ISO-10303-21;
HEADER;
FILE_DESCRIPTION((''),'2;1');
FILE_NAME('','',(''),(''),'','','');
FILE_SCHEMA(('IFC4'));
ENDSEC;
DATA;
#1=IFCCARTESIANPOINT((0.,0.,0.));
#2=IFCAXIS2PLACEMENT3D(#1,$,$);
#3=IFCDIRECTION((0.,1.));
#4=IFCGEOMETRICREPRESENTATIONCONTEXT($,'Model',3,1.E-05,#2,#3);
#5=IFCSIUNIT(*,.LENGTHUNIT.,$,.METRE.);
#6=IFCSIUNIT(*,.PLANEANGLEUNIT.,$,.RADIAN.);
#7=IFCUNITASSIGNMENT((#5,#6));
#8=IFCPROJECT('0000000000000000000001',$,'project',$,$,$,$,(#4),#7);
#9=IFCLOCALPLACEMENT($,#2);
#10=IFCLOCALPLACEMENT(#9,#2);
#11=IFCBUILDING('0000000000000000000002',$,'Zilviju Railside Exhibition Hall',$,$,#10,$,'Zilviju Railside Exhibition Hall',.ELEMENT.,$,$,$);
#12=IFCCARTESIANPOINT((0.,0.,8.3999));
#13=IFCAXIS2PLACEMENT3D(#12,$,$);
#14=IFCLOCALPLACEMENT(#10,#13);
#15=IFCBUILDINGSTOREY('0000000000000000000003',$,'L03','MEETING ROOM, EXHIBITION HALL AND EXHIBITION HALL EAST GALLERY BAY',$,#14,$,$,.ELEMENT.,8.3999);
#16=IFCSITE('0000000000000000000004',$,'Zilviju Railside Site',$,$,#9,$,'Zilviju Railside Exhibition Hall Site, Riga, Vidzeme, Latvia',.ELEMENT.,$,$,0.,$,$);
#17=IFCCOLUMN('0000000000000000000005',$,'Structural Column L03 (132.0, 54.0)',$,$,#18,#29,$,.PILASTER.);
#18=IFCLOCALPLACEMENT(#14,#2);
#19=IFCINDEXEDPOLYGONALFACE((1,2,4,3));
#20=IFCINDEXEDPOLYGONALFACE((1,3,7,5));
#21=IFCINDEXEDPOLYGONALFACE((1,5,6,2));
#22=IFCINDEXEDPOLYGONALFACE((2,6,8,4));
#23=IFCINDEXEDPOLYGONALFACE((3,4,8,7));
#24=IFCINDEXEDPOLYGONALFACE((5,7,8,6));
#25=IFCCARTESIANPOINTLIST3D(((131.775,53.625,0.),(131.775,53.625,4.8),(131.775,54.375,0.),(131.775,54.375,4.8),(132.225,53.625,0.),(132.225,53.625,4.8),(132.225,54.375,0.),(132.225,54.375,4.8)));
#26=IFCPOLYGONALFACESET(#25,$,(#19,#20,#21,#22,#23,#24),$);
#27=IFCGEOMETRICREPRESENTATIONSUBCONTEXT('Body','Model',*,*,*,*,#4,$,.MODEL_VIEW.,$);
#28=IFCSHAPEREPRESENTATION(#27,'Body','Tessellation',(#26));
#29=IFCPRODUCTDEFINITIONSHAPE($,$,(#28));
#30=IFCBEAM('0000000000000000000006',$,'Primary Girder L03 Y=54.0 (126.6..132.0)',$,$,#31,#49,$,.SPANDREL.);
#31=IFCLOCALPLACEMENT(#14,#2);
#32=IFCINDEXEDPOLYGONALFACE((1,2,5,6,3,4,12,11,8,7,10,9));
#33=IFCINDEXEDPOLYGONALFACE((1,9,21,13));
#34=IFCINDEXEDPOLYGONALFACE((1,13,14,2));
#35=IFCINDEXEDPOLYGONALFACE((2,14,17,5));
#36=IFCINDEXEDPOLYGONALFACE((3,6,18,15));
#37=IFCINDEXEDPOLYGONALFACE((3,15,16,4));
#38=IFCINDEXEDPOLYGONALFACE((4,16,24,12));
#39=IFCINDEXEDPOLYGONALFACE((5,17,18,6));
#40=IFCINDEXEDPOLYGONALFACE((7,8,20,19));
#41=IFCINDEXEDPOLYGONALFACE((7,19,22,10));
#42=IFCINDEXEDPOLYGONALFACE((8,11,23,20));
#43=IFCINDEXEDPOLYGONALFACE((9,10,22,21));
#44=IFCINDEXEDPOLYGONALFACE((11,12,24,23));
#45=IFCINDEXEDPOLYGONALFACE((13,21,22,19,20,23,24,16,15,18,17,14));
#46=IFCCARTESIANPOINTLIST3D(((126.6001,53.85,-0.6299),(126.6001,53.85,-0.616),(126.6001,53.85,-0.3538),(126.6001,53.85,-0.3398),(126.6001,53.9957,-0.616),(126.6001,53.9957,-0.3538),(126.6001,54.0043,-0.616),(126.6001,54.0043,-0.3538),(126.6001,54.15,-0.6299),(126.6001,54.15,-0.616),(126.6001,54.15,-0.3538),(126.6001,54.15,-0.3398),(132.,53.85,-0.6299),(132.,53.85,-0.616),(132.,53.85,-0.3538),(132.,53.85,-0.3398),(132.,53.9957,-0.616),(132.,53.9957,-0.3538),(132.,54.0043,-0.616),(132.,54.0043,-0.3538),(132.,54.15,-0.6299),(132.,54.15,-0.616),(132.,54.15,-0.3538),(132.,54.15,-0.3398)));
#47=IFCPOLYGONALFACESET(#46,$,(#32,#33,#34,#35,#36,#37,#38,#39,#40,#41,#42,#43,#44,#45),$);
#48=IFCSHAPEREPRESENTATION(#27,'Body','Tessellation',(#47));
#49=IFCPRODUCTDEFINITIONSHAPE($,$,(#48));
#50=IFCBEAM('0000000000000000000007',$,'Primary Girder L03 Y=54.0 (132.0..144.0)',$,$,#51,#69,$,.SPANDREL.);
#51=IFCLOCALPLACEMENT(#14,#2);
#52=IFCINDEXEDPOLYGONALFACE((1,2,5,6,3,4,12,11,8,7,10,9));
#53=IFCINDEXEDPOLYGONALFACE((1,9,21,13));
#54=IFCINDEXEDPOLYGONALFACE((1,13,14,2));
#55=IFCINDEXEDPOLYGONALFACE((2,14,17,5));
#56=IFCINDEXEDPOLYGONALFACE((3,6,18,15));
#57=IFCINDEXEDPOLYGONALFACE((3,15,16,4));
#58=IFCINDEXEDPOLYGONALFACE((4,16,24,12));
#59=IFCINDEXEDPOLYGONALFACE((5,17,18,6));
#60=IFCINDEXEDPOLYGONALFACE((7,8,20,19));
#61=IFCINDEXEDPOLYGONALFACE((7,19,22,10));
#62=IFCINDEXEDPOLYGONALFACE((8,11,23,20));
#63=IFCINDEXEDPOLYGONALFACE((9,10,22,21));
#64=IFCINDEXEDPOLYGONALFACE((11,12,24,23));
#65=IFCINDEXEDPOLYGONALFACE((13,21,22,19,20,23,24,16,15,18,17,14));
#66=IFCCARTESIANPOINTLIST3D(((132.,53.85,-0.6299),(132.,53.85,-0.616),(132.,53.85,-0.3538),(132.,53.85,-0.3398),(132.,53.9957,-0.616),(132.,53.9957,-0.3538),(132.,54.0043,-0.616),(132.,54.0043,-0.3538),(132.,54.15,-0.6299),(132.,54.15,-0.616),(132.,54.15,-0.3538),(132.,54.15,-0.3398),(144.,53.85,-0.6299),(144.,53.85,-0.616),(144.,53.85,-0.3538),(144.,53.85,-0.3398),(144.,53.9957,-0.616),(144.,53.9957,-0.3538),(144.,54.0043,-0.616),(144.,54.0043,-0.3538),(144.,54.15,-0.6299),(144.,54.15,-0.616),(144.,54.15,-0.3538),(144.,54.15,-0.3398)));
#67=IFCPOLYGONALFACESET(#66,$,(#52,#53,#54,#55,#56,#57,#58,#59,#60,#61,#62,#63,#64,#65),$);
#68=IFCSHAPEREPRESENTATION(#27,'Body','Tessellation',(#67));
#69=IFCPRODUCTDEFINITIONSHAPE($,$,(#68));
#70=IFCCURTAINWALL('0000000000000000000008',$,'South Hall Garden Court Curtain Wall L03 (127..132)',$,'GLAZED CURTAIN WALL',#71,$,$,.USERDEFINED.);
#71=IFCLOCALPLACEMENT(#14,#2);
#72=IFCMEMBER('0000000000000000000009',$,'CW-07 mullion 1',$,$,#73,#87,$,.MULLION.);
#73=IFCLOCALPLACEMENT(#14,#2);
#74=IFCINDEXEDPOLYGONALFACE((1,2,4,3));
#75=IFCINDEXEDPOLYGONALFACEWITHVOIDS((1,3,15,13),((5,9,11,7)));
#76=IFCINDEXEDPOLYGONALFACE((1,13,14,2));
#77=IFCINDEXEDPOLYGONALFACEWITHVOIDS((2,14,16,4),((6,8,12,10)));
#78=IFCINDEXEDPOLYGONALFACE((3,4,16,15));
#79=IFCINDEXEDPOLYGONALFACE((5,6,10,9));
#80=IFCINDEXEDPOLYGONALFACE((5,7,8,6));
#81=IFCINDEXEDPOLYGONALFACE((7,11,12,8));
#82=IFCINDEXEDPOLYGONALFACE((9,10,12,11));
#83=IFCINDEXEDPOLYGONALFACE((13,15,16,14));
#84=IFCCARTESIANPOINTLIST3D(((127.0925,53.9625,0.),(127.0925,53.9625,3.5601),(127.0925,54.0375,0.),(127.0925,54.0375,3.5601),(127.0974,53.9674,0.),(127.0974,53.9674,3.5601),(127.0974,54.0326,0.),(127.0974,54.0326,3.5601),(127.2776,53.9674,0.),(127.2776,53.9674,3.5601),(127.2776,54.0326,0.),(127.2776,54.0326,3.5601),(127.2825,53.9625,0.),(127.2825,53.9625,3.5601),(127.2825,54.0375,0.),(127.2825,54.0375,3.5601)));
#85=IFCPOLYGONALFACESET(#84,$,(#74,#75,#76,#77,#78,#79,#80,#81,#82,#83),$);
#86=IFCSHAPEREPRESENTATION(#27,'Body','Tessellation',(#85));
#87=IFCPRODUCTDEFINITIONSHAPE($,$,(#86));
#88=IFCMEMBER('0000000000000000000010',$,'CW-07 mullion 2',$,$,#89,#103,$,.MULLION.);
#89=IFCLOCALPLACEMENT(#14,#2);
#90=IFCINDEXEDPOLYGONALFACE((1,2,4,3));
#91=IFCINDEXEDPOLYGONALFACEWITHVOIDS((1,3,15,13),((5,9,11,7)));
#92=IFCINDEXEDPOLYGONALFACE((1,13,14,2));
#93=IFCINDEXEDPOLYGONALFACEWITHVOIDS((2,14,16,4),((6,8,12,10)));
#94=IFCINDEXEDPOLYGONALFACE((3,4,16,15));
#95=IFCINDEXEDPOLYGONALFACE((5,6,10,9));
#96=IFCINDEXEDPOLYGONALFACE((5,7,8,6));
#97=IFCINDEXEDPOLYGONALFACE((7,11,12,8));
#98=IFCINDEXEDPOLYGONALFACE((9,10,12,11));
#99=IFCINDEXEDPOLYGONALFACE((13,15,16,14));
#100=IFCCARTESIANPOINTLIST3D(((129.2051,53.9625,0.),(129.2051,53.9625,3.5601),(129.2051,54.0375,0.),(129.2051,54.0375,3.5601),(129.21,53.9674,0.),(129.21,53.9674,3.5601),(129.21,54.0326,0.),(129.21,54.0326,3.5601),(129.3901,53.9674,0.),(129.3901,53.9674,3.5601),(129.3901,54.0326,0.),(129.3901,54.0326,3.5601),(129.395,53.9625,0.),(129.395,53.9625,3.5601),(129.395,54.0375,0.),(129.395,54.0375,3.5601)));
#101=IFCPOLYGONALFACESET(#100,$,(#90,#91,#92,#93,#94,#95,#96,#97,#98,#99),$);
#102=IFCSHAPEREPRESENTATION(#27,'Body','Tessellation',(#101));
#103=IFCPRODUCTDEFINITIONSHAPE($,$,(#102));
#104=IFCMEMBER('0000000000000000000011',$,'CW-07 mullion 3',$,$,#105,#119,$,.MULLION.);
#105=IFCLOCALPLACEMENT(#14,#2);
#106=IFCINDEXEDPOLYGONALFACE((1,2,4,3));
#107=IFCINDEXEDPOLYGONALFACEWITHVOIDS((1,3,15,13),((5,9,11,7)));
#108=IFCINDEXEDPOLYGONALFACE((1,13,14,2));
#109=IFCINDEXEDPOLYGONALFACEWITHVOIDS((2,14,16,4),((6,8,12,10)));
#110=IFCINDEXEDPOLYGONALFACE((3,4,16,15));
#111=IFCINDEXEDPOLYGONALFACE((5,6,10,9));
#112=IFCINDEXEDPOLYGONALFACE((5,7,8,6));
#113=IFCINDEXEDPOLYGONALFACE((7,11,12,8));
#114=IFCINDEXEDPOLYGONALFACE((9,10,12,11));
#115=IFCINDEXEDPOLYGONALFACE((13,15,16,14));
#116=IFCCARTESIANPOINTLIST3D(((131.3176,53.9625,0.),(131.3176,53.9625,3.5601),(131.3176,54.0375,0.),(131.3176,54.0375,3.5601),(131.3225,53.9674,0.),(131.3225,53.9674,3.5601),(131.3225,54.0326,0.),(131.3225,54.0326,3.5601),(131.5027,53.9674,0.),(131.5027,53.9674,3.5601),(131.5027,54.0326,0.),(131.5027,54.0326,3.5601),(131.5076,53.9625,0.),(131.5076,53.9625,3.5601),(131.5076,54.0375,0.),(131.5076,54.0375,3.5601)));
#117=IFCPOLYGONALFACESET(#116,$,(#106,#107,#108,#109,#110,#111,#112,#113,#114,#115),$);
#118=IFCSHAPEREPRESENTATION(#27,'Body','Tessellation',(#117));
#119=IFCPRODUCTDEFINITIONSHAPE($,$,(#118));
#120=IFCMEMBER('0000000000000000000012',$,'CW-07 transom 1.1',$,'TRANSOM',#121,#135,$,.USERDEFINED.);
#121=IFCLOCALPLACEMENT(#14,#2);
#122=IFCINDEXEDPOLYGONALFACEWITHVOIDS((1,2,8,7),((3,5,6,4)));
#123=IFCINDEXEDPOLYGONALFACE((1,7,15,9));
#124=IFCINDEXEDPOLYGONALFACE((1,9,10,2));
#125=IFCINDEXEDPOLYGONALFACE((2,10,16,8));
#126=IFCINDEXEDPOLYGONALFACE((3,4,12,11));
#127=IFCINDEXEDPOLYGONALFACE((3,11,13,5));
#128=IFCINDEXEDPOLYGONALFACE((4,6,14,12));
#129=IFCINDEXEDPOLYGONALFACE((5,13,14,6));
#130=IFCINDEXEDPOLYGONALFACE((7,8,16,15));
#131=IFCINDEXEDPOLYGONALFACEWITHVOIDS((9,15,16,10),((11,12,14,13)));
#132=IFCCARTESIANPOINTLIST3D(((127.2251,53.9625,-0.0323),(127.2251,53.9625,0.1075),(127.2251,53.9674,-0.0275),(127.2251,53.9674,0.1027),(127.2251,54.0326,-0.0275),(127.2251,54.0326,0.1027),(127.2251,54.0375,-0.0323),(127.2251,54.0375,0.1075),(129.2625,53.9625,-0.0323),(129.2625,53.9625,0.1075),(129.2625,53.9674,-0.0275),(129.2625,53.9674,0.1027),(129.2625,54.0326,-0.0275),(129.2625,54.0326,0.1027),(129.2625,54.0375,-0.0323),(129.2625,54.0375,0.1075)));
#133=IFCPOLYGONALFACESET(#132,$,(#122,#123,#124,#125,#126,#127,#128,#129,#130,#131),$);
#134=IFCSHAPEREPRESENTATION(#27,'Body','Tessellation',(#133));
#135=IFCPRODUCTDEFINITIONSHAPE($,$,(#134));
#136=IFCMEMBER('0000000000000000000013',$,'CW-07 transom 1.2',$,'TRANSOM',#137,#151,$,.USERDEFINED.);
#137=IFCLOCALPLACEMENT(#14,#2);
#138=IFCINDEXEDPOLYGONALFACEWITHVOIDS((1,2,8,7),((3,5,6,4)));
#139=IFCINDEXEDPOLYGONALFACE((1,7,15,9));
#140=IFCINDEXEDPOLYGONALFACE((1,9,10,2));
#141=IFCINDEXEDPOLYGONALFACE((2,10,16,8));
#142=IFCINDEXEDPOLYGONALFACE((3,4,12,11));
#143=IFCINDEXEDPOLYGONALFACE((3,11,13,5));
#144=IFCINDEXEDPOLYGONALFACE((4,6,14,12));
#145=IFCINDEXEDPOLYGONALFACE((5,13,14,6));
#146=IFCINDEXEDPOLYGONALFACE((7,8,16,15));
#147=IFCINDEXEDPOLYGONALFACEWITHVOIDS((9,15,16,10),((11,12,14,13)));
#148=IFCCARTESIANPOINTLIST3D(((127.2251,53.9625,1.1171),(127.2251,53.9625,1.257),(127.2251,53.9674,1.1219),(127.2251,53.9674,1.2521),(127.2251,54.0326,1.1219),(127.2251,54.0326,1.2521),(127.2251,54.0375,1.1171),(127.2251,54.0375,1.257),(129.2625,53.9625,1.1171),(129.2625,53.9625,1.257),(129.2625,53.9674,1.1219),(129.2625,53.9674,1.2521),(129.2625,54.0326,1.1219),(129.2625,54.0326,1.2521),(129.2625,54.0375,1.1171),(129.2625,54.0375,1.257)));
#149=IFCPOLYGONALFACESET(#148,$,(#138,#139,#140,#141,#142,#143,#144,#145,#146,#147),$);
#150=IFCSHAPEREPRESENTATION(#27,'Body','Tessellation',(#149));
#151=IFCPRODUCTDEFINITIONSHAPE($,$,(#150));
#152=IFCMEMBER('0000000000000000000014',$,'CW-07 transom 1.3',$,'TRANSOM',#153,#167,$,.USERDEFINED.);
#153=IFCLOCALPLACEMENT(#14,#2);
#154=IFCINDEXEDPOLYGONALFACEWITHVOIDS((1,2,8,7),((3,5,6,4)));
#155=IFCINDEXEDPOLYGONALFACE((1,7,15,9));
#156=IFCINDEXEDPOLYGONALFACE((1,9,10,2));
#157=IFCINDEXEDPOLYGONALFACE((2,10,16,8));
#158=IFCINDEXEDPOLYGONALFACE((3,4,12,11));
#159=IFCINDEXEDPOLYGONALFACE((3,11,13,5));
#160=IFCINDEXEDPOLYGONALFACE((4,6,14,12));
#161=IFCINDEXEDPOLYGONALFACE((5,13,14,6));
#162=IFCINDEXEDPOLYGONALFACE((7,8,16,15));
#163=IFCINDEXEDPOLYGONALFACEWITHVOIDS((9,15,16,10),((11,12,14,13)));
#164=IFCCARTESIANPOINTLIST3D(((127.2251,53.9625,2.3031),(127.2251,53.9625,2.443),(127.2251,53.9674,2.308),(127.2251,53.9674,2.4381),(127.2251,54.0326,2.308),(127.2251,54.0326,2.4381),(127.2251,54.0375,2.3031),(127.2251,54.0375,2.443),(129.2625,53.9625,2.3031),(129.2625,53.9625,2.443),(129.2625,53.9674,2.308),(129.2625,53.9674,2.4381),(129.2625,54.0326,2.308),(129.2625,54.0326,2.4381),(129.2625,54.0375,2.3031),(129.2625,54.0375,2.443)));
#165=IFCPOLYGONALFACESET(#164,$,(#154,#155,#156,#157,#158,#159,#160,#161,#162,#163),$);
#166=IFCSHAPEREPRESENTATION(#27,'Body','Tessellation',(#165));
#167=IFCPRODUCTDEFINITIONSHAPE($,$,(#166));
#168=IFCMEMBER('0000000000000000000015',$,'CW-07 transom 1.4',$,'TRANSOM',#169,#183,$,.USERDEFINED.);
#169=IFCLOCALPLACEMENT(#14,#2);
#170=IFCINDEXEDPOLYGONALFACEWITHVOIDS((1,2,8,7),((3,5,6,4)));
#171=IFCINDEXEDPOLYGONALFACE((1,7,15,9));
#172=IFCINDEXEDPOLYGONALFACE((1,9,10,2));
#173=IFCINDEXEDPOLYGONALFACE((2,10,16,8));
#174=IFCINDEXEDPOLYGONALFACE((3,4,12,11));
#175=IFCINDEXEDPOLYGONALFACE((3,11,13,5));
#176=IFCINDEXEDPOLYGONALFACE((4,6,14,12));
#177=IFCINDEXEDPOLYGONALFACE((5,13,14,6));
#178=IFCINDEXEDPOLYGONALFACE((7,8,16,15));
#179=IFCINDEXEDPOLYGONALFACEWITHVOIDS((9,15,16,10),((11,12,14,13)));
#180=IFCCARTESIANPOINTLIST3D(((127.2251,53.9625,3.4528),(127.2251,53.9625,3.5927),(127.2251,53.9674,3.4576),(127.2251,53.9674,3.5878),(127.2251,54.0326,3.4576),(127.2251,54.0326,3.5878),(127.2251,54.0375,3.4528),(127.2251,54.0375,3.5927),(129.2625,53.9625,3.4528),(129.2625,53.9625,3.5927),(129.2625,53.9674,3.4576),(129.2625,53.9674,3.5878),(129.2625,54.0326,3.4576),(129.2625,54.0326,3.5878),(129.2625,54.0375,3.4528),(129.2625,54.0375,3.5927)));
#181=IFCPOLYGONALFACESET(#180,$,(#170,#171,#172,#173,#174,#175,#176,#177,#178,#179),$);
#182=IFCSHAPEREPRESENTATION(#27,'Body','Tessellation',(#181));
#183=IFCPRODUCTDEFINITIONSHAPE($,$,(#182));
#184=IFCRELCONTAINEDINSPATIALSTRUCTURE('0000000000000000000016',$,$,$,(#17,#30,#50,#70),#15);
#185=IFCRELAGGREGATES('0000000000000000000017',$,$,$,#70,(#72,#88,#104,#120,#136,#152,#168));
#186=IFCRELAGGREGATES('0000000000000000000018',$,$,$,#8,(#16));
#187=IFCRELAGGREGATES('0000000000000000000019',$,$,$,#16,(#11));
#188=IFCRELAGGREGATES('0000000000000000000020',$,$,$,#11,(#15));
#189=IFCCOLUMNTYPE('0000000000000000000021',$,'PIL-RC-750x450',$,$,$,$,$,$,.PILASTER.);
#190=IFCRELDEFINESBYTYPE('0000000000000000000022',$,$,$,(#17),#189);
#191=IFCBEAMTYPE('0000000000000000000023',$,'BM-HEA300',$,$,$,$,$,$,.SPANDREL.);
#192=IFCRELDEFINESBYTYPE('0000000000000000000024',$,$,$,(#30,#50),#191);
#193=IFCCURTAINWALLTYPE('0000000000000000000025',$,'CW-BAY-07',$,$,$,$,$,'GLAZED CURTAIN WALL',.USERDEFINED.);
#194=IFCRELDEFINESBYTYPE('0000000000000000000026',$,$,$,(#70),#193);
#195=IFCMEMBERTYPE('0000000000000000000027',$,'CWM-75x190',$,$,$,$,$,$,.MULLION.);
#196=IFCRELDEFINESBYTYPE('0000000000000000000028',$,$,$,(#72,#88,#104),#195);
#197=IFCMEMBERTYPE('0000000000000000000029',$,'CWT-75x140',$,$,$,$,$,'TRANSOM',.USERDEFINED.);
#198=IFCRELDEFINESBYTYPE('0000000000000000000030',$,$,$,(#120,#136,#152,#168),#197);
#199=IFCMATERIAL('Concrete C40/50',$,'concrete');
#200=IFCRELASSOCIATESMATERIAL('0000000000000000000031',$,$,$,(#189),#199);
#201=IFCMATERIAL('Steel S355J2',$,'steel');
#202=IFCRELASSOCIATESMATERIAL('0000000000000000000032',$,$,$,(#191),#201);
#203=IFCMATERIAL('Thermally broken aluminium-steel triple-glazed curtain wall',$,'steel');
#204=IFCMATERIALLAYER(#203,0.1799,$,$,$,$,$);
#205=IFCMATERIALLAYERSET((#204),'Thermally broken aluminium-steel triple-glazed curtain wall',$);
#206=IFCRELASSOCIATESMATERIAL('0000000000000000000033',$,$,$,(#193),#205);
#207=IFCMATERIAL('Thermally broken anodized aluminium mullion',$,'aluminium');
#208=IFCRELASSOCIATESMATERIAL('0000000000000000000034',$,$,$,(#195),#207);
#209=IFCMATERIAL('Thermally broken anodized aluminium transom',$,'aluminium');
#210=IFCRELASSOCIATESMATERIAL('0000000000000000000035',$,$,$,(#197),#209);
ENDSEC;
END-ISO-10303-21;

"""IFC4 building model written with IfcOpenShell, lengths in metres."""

from ifc_helpers import new_model, si_unit, direction, frame, origin, origin_2d, place, context, subcontext, project, spatial, rectangle, hollow_rectangle, i_section, extrude, material, layer, layer_set, material_profile, profile_set, type_object, element, aggregate, save


model = new_model("IFC4")

# Units and contexts
model_context = context("Model", 3, precision=1e-05, world=origin(), true_north=direction((0.0, 1.0)))
body_context = subcontext(model_context, "Body", "Model", "MODEL_VIEW")
ifc_project = project(units=[si_unit("LENGTHUNIT", "METRE"), si_unit("PLANEANGLEUNIT", "RADIAN")], contexts=[model_context])

# Site, building, storey
site_placement = place(None, origin())
site = spatial("IfcSite", under=ifc_project, at=site_placement, Name="Zilviju Railside Site", LongName="Zilviju Railside Exhibition Hall Site, Riga, Vidzeme, Latvia", CompositionType="ELEMENT", RefElevation=0.0)
building_placement = place(site_placement, origin())
building = spatial("IfcBuilding", under=site, at=building_placement, Name="Zilviju Railside Exhibition Hall", LongName="Zilviju Railside Exhibition Hall", CompositionType="ELEMENT")
storey_placement = place(building_placement, frame((0.0, 0.0, 8.3999)))
storey = spatial("IfcBuildingStorey", under=building, at=storey_placement, Name="L03", Description="MEETING ROOM, EXHIBITION HALL AND EXHIBITION HALL EAST GALLERY BAY", CompositionType="ELEMENT", Elevation=8.3999)

# Column
ifc_material_1 = material(Name="Concrete C40/50", Category="concrete")
ifc_material_profile_1 = material_profile(ifc_material_1, rectangle(XDim=0.45, YDim=0.75, at=origin_2d()), Name="RC COL 450x750")
ifc_profile_set_1 = profile_set([ifc_material_profile_1], Name="Concrete C40/50")
column_type = type_object("IfcColumnType", Name="PIL-RC-750x450", PredefinedType="PILASTER", material=ifc_profile_set_1)
column_placement = place(storey_placement, frame((132.0, 54.0, 0.0), z_axis=(0.0, 0.0, 1.0), x_axis=(1.0, 0.0, 0.0)))
element("IfcColumn", 1, at=column_placement, inside=storey, type_object=column_type, Name="Structural Column L03 (132.0, 54.0)", PredefinedType="PILASTER", context=body_context, shape_type="SweptSolid", body=[
    extrude(rectangle(XDim=0.45, YDim=0.75, at=origin_2d()), origin(), (0.0, 0.0, 1.0), 4.8),
])

# Beams
ifc_material_2 = material(Name="Steel S355J2", Category="steel")
ifc_material_profile_2 = material_profile(ifc_material_2, i_section(OverallWidth=0.3, OverallDepth=0.29, WebThickness=0.0085, FlangeThickness=0.0139, at=origin_2d()), Name="HEA 300")
ifc_profile_set_2 = profile_set([ifc_material_profile_2], Name="Steel S355J2")
beam_type = type_object("IfcBeamType", Name="BM-HEA300", PredefinedType="SPANDREL", material=ifc_profile_set_2)
beam_1_placement = place(storey_placement, frame((126.6001, 54.0, -0.4849), z_axis=(1.0, 0.0, 0.0), x_axis=(0.0, 1.0, 0.0)))
element("IfcBeam", 2, at=beam_1_placement, inside=storey, type_object=beam_type, Name="Primary Girder L03 Y=54.0 (126.6..132.0)", PredefinedType="SPANDREL", context=body_context, shape_type="SweptSolid", body=[
    extrude(i_section(OverallWidth=0.3, OverallDepth=0.29, WebThickness=0.0085, FlangeThickness=0.0139, at=origin_2d()), origin(), (0.0, 0.0, 1.0), 5.3999),
])
beam_2_placement = place(storey_placement, frame((132.0, 54.0, -0.4849), z_axis=(1.0, 0.0, 0.0), x_axis=(0.0, 1.0, 0.0)))
element("IfcBeam", 3, at=beam_2_placement, inside=storey, type_object=beam_type, Name="Primary Girder L03 Y=54.0 (132.0..144.0)", PredefinedType="SPANDREL", context=body_context, shape_type="SweptSolid", body=[
    extrude(i_section(OverallWidth=0.3, OverallDepth=0.29, WebThickness=0.0085, FlangeThickness=0.0139, at=origin_2d()), origin(), (0.0, 0.0, 1.0), 12.0),
])

# Curtain wall, members
ifc_material_3 = material(Name="Thermally broken aluminium-steel triple-glazed curtain wall", Category="steel")
ifc_layer_1 = layer(ifc_material_3, 0.1799)
ifc_layer_set_1 = layer_set([ifc_layer_1], Name="Thermally broken aluminium-steel triple-glazed curtain wall")
curtain_wall_type = type_object("IfcCurtainWallType", Name="CW-BAY-07", ElementType="GLAZED CURTAIN WALL", PredefinedType="USERDEFINED", material=ifc_layer_set_1)
curtain_wall_placement = place(storey_placement, origin())
curtain_wall = element("IfcCurtainWall", 4, at=curtain_wall_placement, inside=storey, type_object=curtain_wall_type, Name="South Hall Garden Court Curtain Wall L03 (127..132)", ObjectType="GLAZED CURTAIN WALL", PredefinedType="USERDEFINED")
ifc_material_4 = material(Name="Thermally broken anodized aluminium mullion", Category="aluminium")
ifc_material_profile_3 = material_profile(ifc_material_4, hollow_rectangle(XDim=0.075, YDim=0.1899, WallThickness=0.0049, at=origin_2d()), Name="MULLION 190x75x5")
ifc_profile_set_3 = profile_set([ifc_material_profile_3], Name="Thermally broken anodized aluminium mullion")
member_type_1 = type_object("IfcMemberType", Name="CWM-75x190", PredefinedType="MULLION", material=ifc_profile_set_3)
member_1_placement = place(storey_placement, frame((127.1875, 54.0, 0.0), z_axis=(0.0, 0.0, 1.0), x_axis=(0.0, 1.0, 0.0)))
member_1 = element("IfcMember", 5, at=member_1_placement, type_object=member_type_1, Name="CW-07 mullion 1", PredefinedType="MULLION", context=body_context, shape_type="SweptSolid", body=[
    extrude(hollow_rectangle(XDim=0.075, YDim=0.1899, WallThickness=0.0049, at=origin_2d()), origin(), (0.0, 0.0, 1.0), 3.5601),
])
member_2_placement = place(storey_placement, frame((129.3, 54.0, 0.0), z_axis=(0.0, 0.0, 1.0), x_axis=(0.0, 1.0, 0.0)))
member_2 = element("IfcMember", 6, at=member_2_placement, type_object=member_type_1, Name="CW-07 mullion 2", PredefinedType="MULLION", context=body_context, shape_type="SweptSolid", body=[
    extrude(hollow_rectangle(XDim=0.075, YDim=0.1899, WallThickness=0.0049, at=origin_2d()), origin(), (0.0, 0.0, 1.0), 3.5601),
])
member_3_placement = place(storey_placement, frame((131.4126, 54.0, 0.0), z_axis=(0.0, 0.0, 1.0), x_axis=(0.0, 1.0, 0.0)))
member_3 = element("IfcMember", 7, at=member_3_placement, type_object=member_type_1, Name="CW-07 mullion 3", PredefinedType="MULLION", context=body_context, shape_type="SweptSolid", body=[
    extrude(hollow_rectangle(XDim=0.075, YDim=0.1899, WallThickness=0.0049, at=origin_2d()), origin(), (0.0, 0.0, 1.0), 3.5601),
])
ifc_material_5 = material(Name="Thermally broken anodized aluminium transom", Category="aluminium")
ifc_material_profile_4 = material_profile(ifc_material_5, hollow_rectangle(XDim=0.075, YDim=0.1399, WallThickness=0.0049, at=origin_2d()), Name="TRANSOM 140x75x5")
ifc_profile_set_4 = profile_set([ifc_material_profile_4], Name="Thermally broken anodized aluminium transom")
member_type_2 = type_object("IfcMemberType", Name="CWT-75x140", ElementType="TRANSOM", PredefinedType="USERDEFINED", material=ifc_profile_set_4)
member_4_placement = place(storey_placement, frame((127.2251, 54.0, 0.0376), z_axis=(1.0, 0.0, 0.0), x_axis=(0.0, 1.0, 0.0)))
member_4 = element("IfcMember", 8, at=member_4_placement, type_object=member_type_2, Name="CW-07 transom 1.1", ObjectType="TRANSOM", PredefinedType="USERDEFINED", context=body_context, shape_type="SweptSolid", body=[
    extrude(hollow_rectangle(XDim=0.075, YDim=0.1399, WallThickness=0.0049, at=origin_2d()), origin(), (0.0, 0.0, 1.0), 2.0374),
])
member_5_placement = place(storey_placement, frame((127.2251, 54.0, 1.187), z_axis=(1.0, 0.0, 0.0), x_axis=(0.0, 1.0, 0.0)))
member_5 = element("IfcMember", 9, at=member_5_placement, type_object=member_type_2, Name="CW-07 transom 1.2", ObjectType="TRANSOM", PredefinedType="USERDEFINED", context=body_context, shape_type="SweptSolid", body=[
    extrude(hollow_rectangle(XDim=0.075, YDim=0.1399, WallThickness=0.0049, at=origin_2d()), origin(), (0.0, 0.0, 1.0), 2.0374),
])
member_6_placement = place(storey_placement, frame((127.2251, 54.0, 2.373), z_axis=(1.0, 0.0, 0.0), x_axis=(0.0, 1.0, 0.0)))
member_6 = element("IfcMember", 10, at=member_6_placement, type_object=member_type_2, Name="CW-07 transom 1.3", ObjectType="TRANSOM", PredefinedType="USERDEFINED", context=body_context, shape_type="SweptSolid", body=[
    extrude(hollow_rectangle(XDim=0.075, YDim=0.1399, WallThickness=0.0049, at=origin_2d()), origin(), (0.0, 0.0, 1.0), 2.0374),
])
member_7_placement = place(storey_placement, frame((127.2251, 54.0, 3.5227), z_axis=(1.0, 0.0, 0.0), x_axis=(0.0, 1.0, 0.0)))
member_7 = element("IfcMember", 11, at=member_7_placement, type_object=member_type_2, Name="CW-07 transom 1.4", ObjectType="TRANSOM", PredefinedType="USERDEFINED", context=body_context, shape_type="SweptSolid", body=[
    extrude(hollow_rectangle(XDim=0.075, YDim=0.1399, WallThickness=0.0049, at=origin_2d()), origin(), (0.0, 0.0, 1.0), 2.0374),
])
aggregate(curtain_wall, [member_1, member_2, member_3, member_4, member_5, member_6, member_7])

save(model, "model.ifc")
